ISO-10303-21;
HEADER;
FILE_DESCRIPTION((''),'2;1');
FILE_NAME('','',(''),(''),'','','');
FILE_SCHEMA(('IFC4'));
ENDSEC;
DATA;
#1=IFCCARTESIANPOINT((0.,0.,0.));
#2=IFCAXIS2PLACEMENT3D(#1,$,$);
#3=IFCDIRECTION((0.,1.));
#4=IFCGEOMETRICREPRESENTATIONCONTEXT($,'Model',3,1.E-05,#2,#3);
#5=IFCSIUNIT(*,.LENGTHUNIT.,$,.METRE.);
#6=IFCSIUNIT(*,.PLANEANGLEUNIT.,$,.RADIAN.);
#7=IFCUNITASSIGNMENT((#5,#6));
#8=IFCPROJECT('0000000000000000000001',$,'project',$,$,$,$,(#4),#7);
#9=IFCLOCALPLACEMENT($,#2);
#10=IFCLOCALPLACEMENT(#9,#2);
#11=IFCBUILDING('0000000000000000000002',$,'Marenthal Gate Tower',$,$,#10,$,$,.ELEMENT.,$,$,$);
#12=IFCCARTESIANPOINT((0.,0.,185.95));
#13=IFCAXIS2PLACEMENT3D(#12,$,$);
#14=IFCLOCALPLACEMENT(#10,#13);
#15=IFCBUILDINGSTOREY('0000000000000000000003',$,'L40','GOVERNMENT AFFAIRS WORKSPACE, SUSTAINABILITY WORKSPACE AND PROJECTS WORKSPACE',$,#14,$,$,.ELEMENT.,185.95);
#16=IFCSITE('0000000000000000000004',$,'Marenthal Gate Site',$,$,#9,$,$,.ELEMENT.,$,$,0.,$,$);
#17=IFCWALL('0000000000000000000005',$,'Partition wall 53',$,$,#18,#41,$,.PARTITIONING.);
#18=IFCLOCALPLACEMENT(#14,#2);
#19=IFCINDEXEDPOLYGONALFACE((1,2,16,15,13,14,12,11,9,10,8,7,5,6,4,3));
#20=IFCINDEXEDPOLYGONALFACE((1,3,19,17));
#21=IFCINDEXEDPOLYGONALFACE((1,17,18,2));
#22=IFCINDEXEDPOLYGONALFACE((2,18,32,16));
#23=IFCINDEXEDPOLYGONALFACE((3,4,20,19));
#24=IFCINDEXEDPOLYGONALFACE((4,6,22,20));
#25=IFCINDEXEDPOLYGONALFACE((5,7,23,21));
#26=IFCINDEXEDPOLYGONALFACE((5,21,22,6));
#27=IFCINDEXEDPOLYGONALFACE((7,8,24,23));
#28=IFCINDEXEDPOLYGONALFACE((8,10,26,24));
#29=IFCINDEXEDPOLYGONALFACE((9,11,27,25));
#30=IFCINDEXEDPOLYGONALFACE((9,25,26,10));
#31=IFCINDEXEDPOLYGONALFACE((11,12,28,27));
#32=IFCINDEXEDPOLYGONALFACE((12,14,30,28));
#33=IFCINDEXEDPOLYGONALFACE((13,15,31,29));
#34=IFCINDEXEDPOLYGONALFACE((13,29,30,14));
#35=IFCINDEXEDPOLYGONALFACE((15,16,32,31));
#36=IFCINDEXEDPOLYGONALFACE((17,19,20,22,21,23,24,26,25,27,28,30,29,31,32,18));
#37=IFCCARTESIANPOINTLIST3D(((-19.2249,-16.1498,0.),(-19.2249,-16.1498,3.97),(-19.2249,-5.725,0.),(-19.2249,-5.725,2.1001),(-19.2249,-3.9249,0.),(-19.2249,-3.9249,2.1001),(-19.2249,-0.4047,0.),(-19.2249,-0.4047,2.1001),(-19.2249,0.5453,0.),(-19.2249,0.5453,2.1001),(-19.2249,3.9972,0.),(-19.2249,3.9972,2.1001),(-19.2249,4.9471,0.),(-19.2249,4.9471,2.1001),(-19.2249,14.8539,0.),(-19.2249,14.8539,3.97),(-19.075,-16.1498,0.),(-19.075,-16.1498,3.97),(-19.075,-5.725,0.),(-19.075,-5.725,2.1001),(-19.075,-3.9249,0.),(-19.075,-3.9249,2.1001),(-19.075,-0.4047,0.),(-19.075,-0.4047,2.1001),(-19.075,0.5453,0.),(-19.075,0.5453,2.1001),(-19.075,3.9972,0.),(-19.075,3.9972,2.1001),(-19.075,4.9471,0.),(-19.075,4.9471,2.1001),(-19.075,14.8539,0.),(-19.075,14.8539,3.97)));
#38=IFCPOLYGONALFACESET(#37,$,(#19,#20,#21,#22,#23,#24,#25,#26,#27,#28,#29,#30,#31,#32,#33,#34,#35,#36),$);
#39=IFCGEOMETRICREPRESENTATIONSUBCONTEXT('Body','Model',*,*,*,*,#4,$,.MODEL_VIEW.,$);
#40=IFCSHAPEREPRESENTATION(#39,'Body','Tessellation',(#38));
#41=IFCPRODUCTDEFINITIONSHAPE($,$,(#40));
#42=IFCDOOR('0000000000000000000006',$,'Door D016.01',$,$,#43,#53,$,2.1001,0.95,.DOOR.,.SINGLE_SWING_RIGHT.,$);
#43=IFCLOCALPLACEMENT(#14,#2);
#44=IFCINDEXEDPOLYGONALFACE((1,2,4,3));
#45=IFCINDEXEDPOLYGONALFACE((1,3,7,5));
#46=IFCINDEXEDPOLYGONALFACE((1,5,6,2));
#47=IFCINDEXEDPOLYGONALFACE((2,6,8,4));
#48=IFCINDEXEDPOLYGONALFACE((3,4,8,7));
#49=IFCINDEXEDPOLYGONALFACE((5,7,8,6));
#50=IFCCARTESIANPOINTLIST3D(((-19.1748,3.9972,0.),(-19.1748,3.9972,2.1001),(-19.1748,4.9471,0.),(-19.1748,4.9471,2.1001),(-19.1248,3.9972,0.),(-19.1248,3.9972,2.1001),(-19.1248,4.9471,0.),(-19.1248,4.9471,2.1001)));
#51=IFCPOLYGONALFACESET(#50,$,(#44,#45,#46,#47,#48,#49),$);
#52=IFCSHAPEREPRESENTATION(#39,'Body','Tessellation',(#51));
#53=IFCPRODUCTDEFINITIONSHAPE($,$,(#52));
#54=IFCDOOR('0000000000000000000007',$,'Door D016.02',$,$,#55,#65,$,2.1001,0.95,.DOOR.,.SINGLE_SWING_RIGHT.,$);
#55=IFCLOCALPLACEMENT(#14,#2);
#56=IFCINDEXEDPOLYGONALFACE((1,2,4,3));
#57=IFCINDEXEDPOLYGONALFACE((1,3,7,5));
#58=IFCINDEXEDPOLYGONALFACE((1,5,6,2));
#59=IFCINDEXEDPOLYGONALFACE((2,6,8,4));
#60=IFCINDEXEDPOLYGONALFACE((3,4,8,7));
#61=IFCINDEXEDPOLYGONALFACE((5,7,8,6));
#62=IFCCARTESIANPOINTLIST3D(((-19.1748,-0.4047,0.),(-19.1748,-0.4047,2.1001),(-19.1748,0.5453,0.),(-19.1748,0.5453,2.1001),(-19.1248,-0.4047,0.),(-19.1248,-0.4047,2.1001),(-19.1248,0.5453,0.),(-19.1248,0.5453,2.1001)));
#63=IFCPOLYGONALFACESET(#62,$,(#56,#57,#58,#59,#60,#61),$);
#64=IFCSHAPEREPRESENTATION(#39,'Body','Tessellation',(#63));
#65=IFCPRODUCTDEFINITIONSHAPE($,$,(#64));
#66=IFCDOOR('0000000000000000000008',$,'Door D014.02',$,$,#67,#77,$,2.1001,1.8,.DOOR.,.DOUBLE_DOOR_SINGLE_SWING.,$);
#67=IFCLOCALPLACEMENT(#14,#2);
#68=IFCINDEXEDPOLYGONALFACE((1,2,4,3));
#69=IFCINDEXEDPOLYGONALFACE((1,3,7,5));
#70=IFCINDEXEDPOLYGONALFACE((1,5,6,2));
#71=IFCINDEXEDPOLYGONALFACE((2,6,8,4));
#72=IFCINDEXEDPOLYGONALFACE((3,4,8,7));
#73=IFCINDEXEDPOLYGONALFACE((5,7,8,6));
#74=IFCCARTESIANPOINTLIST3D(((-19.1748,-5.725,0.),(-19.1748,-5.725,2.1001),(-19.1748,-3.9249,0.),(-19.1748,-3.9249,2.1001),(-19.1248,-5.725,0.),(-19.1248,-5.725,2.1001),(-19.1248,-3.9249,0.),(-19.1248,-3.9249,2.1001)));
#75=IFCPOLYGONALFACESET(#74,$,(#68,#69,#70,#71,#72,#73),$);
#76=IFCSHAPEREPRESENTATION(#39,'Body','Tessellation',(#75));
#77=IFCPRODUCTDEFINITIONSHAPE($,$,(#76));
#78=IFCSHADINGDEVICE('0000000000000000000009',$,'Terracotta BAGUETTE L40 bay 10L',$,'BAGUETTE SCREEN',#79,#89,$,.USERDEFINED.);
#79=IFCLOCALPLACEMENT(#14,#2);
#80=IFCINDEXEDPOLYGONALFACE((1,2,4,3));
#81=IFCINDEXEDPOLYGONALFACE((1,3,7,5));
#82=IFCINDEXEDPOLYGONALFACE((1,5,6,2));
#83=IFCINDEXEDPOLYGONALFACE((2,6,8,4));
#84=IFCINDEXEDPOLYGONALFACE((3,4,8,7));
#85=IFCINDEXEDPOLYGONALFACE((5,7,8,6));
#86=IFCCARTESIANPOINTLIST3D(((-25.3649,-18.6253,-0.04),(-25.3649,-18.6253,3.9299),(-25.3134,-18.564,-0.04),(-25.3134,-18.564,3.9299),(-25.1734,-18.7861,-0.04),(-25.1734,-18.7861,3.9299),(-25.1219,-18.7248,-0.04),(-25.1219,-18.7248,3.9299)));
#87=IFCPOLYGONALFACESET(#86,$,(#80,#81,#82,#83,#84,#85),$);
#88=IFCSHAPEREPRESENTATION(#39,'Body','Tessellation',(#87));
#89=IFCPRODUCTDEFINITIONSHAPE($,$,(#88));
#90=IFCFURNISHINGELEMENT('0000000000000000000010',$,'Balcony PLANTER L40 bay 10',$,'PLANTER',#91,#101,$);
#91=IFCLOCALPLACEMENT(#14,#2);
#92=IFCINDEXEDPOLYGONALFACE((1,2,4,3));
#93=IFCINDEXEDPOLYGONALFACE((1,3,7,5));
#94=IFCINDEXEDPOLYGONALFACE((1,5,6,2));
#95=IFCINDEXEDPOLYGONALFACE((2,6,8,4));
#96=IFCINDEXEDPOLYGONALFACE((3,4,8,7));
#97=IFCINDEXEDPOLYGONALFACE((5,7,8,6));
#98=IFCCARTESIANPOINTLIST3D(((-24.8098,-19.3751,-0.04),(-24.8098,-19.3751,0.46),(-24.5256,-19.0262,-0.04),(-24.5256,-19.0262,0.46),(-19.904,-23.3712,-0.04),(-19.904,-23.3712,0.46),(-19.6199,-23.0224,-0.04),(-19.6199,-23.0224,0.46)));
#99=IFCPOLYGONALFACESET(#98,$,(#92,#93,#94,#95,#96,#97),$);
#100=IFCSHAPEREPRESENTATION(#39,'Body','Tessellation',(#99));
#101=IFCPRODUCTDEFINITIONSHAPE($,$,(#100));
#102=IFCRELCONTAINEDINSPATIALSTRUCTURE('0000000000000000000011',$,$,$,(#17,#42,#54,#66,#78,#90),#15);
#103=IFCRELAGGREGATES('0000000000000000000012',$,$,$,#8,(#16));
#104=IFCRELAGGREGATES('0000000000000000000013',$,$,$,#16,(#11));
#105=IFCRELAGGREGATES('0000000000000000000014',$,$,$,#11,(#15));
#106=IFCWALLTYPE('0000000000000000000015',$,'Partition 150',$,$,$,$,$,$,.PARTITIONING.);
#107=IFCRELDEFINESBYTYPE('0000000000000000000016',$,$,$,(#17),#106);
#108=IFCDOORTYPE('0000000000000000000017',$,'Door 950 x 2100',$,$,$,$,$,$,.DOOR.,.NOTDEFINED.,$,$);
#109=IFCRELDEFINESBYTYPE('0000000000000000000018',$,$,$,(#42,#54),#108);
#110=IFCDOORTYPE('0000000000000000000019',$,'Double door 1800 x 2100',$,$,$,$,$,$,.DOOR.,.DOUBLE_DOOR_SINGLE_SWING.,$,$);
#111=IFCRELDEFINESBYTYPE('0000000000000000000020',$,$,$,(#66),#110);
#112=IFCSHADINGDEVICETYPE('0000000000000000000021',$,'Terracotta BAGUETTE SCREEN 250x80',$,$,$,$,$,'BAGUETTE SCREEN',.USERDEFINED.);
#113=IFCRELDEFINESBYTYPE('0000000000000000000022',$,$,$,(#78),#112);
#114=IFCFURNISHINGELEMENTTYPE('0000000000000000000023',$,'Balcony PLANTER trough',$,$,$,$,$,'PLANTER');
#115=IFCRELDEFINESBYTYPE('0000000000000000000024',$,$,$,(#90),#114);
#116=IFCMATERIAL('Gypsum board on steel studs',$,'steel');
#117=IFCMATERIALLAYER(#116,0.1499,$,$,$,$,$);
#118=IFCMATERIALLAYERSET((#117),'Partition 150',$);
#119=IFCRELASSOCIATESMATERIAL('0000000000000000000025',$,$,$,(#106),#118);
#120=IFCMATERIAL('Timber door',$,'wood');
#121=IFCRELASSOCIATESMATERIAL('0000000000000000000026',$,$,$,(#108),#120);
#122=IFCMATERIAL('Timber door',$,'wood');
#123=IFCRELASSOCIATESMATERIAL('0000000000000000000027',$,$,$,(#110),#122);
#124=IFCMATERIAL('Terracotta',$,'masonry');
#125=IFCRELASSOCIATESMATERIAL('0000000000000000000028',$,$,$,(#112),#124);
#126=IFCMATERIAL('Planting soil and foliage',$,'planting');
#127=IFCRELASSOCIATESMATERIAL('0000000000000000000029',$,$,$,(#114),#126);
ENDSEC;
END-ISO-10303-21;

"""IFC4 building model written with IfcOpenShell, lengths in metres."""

from ifc_helpers import new_model, si_unit, direction, frame, frame_2d, origin, origin_2d, place, context, subcontext, project, spatial, rectangle, extrude, material, layer, layer_set, material_profile, profile_set, type_object, element, fill, save


model = new_model("IFC4")

# Units and contexts
model_context = context("Model", 3, precision=1e-05, world=origin(), true_north=direction((0.0, 1.0)))
body_context = subcontext(model_context, "Body", "Model", "MODEL_VIEW")
ifc_project = project(units=[si_unit("LENGTHUNIT", "METRE"), si_unit("PLANEANGLEUNIT", "RADIAN")], contexts=[model_context])

# Site, building, storey
site_placement = place(None, origin())
site = spatial("IfcSite", under=ifc_project, at=site_placement, Name="Marenthal Gate Site", CompositionType="ELEMENT", RefElevation=0.0)
building_placement = place(site_placement, origin())
building = spatial("IfcBuilding", under=site, at=building_placement, Name="Marenthal Gate Tower", CompositionType="ELEMENT")
storey_placement = place(building_placement, frame((0.0, 0.0, 185.95)))
storey = spatial("IfcBuildingStorey", under=building, at=storey_placement, Name="L40", Description="GOVERNMENT AFFAIRS WORKSPACE, SUSTAINABILITY WORKSPACE AND PROJECTS WORKSPACE", CompositionType="ELEMENT", Elevation=185.95)

# Wall, openings, doors
ifc_material_1 = material(Name="Gypsum board on steel studs", Category="steel")
ifc_layer_1 = layer(ifc_material_1, 0.1499)
ifc_layer_set_1 = layer_set([ifc_layer_1], Name="Partition 150")
wall_type_1 = type_object("IfcWallType", Name="Partition 150", PredefinedType="PARTITIONING", material=ifc_layer_set_1)
wall_1_placement = place(storey_placement, frame((-19.1499, -16.1499, 0.0), z_axis=(0.0, 0.0, 1.0), x_axis=(0.0, 1.0, 0.0)))
wall_1 = element("IfcWall", 1, at=wall_1_placement, inside=storey, type_object=wall_type_1, Name="Partition wall 53", PredefinedType="PARTITIONING", context=body_context, shape_type="SweptSolid", body=[
    extrude(rectangle(XDim=31.0037, YDim=0.1499, at=frame_2d((15.502, 0.0))), origin(), (0.0, 0.0, 1.0), 3.97),
])
opening_1_placement = place(wall_1_placement, frame((20.147, 0.0, 0.0)))
opening_1 = element("IfcOpeningElement", 2, at=opening_1_placement, cuts=wall_1, PredefinedType="OPENING", context=body_context, shape_type="SweptSolid", body=[
    extrude(rectangle(XDim=0.95, YDim=2.1001, at=frame_2d((0.4751, 1.05))), frame((0.0, 0.085, 0.0), z_axis=(0.0, -1.0, 0.0), x_axis=(1.0, 0.0, 0.0)), (0.0, 0.0, 1.0), 0.1699),
])
opening_2_placement = place(wall_1_placement, frame((15.7451, 0.0, 0.0)))
opening_2 = element("IfcOpeningElement", 3, at=opening_2_placement, cuts=wall_1, PredefinedType="OPENING", context=body_context, shape_type="SweptSolid", body=[
    extrude(rectangle(XDim=0.95, YDim=2.1001, at=frame_2d((0.4751, 1.05))), frame((0.0, 0.085, 0.0), z_axis=(0.0, -1.0, 0.0), x_axis=(1.0, 0.0, 0.0)), (0.0, 0.0, 1.0), 0.1699),
])
opening_3_placement = place(wall_1_placement, frame((10.425, 0.0, 0.0)))
opening_3 = element("IfcOpeningElement", 4, at=opening_3_placement, cuts=wall_1, PredefinedType="OPENING", context=body_context, shape_type="SweptSolid", body=[
    extrude(rectangle(XDim=1.8, YDim=2.1001, at=frame_2d((0.8999, 1.05))), frame((0.0, 0.085, 0.0), z_axis=(0.0, -1.0, 0.0), x_axis=(1.0, 0.0, 0.0)), (0.0, 0.0, 1.0), 0.1699),
])
ifc_material_2 = material(Name="Timber door", Category="wood")
door_type_1 = type_object("IfcDoorType", Name="Door 950 x 2100", OperationType="NOTDEFINED", PredefinedType="DOOR", material=ifc_material_2)
door_1_placement = place(opening_1_placement, origin())
door_1 = element("IfcDoor", 5, at=door_1_placement, inside=storey, type_object=door_type_1, Name="Door D016.01", OperationType="SINGLE_SWING_RIGHT", OverallHeight=2.1001, OverallWidth=0.95, PredefinedType="DOOR", context=body_context, shape_type="SweptSolid", body=[
    extrude(rectangle(XDim=0.95, YDim=2.1001, at=frame_2d((0.4751, 1.05))), frame((0.0, 0.0249, 0.0), z_axis=(0.0, -1.0, 0.0), x_axis=(1.0, 0.0, 0.0)), (0.0, 0.0, 1.0), 0.05),
])
fill(opening_1, door_1)
door_2_placement = place(opening_2_placement, origin())
door_2 = element("IfcDoor", 6, at=door_2_placement, inside=storey, type_object=door_type_1, Name="Door D016.02", OperationType="SINGLE_SWING_RIGHT", OverallHeight=2.1001, OverallWidth=0.95, PredefinedType="DOOR", context=body_context, shape_type="SweptSolid", body=[
    extrude(rectangle(XDim=0.95, YDim=2.1001, at=frame_2d((0.4751, 1.05))), frame((0.0, 0.0249, 0.0), z_axis=(0.0, -1.0, 0.0), x_axis=(1.0, 0.0, 0.0)), (0.0, 0.0, 1.0), 0.05),
])
fill(opening_2, door_2)
ifc_material_3 = material(Name="Timber door", Category="wood")
door_type_2 = type_object("IfcDoorType", Name="Double door 1800 x 2100", OperationType="DOUBLE_DOOR_SINGLE_SWING", PredefinedType="DOOR", material=ifc_material_3)
door_3_placement = place(opening_3_placement, origin())
door_3 = element("IfcDoor", 7, at=door_3_placement, inside=storey, type_object=door_type_2, Name="Door D014.02", OperationType="DOUBLE_DOOR_SINGLE_SWING", OverallHeight=2.1001, OverallWidth=1.8, PredefinedType="DOOR", context=body_context, shape_type="SweptSolid", body=[
    extrude(rectangle(XDim=1.8, YDim=2.1001, at=frame_2d((0.8999, 1.05))), frame((0.0, 0.0249, 0.0), z_axis=(0.0, -1.0, 0.0), x_axis=(1.0, 0.0, 0.0)), (0.0, 0.0, 1.0), 0.05),
])
fill(opening_3, door_3)

# Shading device
ifc_material_4 = material(Name="Terracotta", Category="masonry")
ifc_material_profile_1 = material_profile(ifc_material_4, rectangle(XDim=0.25, YDim=0.0801, at=origin_2d()), Name="Terracotta baguette 250x80")
ifc_profile_set_1 = profile_set([ifc_material_profile_1], Name="Terracotta")
shading_device_type = type_object("IfcShadingDeviceType", Name="Terracotta BAGUETTE SCREEN 250x80", ElementType="BAGUETTE SCREEN", PredefinedType="USERDEFINED", material=ifc_profile_set_1)
shading_device_placement = place(storey_placement, frame((-25.2434, -18.675, -0.04), z_axis=(0.0, 0.0, 1.0), x_axis=(0.76578, -0.643103, 0.0)))
element("IfcShadingDevice", 8, at=shading_device_placement, inside=storey, type_object=shading_device_type, Name="Terracotta BAGUETTE L40 bay 10L", ObjectType="BAGUETTE SCREEN", PredefinedType="USERDEFINED", context=body_context, shape_type="SweptSolid", body=[
    extrude(rectangle(XDim=0.25, YDim=0.0801, at=origin_2d()), origin(), (0.0, 0.0, 1.0), 3.97),
])

# Furnishing element
ifc_material_5 = material(Name="Planting soil and foliage", Category="planting")
furnishing_element_type = type_object("IfcFurnishingElementType", Name="Balcony PLANTER trough", ElementType="PLANTER", material=ifc_material_5)
furnishing_placement = place(storey_placement, frame((-22.2148, -21.1987, -0.04), z_axis=(0.0, 0.0, 1.0), x_axis=(0.775322, -0.631567, 0.0)))
element("IfcFurnishingElement", 9, at=furnishing_placement, inside=storey, type_object=furnishing_element_type, Name="Balcony PLANTER L40 bay 10", ObjectType="PLANTER", context=body_context, shape_type="SweptSolid", body=[
    extrude(rectangle(XDim=6.3274, YDim=0.45, at=origin_2d()), origin(), (0.0, 0.0, 1.0), 0.5),
])

save(model, "model.ifc")
